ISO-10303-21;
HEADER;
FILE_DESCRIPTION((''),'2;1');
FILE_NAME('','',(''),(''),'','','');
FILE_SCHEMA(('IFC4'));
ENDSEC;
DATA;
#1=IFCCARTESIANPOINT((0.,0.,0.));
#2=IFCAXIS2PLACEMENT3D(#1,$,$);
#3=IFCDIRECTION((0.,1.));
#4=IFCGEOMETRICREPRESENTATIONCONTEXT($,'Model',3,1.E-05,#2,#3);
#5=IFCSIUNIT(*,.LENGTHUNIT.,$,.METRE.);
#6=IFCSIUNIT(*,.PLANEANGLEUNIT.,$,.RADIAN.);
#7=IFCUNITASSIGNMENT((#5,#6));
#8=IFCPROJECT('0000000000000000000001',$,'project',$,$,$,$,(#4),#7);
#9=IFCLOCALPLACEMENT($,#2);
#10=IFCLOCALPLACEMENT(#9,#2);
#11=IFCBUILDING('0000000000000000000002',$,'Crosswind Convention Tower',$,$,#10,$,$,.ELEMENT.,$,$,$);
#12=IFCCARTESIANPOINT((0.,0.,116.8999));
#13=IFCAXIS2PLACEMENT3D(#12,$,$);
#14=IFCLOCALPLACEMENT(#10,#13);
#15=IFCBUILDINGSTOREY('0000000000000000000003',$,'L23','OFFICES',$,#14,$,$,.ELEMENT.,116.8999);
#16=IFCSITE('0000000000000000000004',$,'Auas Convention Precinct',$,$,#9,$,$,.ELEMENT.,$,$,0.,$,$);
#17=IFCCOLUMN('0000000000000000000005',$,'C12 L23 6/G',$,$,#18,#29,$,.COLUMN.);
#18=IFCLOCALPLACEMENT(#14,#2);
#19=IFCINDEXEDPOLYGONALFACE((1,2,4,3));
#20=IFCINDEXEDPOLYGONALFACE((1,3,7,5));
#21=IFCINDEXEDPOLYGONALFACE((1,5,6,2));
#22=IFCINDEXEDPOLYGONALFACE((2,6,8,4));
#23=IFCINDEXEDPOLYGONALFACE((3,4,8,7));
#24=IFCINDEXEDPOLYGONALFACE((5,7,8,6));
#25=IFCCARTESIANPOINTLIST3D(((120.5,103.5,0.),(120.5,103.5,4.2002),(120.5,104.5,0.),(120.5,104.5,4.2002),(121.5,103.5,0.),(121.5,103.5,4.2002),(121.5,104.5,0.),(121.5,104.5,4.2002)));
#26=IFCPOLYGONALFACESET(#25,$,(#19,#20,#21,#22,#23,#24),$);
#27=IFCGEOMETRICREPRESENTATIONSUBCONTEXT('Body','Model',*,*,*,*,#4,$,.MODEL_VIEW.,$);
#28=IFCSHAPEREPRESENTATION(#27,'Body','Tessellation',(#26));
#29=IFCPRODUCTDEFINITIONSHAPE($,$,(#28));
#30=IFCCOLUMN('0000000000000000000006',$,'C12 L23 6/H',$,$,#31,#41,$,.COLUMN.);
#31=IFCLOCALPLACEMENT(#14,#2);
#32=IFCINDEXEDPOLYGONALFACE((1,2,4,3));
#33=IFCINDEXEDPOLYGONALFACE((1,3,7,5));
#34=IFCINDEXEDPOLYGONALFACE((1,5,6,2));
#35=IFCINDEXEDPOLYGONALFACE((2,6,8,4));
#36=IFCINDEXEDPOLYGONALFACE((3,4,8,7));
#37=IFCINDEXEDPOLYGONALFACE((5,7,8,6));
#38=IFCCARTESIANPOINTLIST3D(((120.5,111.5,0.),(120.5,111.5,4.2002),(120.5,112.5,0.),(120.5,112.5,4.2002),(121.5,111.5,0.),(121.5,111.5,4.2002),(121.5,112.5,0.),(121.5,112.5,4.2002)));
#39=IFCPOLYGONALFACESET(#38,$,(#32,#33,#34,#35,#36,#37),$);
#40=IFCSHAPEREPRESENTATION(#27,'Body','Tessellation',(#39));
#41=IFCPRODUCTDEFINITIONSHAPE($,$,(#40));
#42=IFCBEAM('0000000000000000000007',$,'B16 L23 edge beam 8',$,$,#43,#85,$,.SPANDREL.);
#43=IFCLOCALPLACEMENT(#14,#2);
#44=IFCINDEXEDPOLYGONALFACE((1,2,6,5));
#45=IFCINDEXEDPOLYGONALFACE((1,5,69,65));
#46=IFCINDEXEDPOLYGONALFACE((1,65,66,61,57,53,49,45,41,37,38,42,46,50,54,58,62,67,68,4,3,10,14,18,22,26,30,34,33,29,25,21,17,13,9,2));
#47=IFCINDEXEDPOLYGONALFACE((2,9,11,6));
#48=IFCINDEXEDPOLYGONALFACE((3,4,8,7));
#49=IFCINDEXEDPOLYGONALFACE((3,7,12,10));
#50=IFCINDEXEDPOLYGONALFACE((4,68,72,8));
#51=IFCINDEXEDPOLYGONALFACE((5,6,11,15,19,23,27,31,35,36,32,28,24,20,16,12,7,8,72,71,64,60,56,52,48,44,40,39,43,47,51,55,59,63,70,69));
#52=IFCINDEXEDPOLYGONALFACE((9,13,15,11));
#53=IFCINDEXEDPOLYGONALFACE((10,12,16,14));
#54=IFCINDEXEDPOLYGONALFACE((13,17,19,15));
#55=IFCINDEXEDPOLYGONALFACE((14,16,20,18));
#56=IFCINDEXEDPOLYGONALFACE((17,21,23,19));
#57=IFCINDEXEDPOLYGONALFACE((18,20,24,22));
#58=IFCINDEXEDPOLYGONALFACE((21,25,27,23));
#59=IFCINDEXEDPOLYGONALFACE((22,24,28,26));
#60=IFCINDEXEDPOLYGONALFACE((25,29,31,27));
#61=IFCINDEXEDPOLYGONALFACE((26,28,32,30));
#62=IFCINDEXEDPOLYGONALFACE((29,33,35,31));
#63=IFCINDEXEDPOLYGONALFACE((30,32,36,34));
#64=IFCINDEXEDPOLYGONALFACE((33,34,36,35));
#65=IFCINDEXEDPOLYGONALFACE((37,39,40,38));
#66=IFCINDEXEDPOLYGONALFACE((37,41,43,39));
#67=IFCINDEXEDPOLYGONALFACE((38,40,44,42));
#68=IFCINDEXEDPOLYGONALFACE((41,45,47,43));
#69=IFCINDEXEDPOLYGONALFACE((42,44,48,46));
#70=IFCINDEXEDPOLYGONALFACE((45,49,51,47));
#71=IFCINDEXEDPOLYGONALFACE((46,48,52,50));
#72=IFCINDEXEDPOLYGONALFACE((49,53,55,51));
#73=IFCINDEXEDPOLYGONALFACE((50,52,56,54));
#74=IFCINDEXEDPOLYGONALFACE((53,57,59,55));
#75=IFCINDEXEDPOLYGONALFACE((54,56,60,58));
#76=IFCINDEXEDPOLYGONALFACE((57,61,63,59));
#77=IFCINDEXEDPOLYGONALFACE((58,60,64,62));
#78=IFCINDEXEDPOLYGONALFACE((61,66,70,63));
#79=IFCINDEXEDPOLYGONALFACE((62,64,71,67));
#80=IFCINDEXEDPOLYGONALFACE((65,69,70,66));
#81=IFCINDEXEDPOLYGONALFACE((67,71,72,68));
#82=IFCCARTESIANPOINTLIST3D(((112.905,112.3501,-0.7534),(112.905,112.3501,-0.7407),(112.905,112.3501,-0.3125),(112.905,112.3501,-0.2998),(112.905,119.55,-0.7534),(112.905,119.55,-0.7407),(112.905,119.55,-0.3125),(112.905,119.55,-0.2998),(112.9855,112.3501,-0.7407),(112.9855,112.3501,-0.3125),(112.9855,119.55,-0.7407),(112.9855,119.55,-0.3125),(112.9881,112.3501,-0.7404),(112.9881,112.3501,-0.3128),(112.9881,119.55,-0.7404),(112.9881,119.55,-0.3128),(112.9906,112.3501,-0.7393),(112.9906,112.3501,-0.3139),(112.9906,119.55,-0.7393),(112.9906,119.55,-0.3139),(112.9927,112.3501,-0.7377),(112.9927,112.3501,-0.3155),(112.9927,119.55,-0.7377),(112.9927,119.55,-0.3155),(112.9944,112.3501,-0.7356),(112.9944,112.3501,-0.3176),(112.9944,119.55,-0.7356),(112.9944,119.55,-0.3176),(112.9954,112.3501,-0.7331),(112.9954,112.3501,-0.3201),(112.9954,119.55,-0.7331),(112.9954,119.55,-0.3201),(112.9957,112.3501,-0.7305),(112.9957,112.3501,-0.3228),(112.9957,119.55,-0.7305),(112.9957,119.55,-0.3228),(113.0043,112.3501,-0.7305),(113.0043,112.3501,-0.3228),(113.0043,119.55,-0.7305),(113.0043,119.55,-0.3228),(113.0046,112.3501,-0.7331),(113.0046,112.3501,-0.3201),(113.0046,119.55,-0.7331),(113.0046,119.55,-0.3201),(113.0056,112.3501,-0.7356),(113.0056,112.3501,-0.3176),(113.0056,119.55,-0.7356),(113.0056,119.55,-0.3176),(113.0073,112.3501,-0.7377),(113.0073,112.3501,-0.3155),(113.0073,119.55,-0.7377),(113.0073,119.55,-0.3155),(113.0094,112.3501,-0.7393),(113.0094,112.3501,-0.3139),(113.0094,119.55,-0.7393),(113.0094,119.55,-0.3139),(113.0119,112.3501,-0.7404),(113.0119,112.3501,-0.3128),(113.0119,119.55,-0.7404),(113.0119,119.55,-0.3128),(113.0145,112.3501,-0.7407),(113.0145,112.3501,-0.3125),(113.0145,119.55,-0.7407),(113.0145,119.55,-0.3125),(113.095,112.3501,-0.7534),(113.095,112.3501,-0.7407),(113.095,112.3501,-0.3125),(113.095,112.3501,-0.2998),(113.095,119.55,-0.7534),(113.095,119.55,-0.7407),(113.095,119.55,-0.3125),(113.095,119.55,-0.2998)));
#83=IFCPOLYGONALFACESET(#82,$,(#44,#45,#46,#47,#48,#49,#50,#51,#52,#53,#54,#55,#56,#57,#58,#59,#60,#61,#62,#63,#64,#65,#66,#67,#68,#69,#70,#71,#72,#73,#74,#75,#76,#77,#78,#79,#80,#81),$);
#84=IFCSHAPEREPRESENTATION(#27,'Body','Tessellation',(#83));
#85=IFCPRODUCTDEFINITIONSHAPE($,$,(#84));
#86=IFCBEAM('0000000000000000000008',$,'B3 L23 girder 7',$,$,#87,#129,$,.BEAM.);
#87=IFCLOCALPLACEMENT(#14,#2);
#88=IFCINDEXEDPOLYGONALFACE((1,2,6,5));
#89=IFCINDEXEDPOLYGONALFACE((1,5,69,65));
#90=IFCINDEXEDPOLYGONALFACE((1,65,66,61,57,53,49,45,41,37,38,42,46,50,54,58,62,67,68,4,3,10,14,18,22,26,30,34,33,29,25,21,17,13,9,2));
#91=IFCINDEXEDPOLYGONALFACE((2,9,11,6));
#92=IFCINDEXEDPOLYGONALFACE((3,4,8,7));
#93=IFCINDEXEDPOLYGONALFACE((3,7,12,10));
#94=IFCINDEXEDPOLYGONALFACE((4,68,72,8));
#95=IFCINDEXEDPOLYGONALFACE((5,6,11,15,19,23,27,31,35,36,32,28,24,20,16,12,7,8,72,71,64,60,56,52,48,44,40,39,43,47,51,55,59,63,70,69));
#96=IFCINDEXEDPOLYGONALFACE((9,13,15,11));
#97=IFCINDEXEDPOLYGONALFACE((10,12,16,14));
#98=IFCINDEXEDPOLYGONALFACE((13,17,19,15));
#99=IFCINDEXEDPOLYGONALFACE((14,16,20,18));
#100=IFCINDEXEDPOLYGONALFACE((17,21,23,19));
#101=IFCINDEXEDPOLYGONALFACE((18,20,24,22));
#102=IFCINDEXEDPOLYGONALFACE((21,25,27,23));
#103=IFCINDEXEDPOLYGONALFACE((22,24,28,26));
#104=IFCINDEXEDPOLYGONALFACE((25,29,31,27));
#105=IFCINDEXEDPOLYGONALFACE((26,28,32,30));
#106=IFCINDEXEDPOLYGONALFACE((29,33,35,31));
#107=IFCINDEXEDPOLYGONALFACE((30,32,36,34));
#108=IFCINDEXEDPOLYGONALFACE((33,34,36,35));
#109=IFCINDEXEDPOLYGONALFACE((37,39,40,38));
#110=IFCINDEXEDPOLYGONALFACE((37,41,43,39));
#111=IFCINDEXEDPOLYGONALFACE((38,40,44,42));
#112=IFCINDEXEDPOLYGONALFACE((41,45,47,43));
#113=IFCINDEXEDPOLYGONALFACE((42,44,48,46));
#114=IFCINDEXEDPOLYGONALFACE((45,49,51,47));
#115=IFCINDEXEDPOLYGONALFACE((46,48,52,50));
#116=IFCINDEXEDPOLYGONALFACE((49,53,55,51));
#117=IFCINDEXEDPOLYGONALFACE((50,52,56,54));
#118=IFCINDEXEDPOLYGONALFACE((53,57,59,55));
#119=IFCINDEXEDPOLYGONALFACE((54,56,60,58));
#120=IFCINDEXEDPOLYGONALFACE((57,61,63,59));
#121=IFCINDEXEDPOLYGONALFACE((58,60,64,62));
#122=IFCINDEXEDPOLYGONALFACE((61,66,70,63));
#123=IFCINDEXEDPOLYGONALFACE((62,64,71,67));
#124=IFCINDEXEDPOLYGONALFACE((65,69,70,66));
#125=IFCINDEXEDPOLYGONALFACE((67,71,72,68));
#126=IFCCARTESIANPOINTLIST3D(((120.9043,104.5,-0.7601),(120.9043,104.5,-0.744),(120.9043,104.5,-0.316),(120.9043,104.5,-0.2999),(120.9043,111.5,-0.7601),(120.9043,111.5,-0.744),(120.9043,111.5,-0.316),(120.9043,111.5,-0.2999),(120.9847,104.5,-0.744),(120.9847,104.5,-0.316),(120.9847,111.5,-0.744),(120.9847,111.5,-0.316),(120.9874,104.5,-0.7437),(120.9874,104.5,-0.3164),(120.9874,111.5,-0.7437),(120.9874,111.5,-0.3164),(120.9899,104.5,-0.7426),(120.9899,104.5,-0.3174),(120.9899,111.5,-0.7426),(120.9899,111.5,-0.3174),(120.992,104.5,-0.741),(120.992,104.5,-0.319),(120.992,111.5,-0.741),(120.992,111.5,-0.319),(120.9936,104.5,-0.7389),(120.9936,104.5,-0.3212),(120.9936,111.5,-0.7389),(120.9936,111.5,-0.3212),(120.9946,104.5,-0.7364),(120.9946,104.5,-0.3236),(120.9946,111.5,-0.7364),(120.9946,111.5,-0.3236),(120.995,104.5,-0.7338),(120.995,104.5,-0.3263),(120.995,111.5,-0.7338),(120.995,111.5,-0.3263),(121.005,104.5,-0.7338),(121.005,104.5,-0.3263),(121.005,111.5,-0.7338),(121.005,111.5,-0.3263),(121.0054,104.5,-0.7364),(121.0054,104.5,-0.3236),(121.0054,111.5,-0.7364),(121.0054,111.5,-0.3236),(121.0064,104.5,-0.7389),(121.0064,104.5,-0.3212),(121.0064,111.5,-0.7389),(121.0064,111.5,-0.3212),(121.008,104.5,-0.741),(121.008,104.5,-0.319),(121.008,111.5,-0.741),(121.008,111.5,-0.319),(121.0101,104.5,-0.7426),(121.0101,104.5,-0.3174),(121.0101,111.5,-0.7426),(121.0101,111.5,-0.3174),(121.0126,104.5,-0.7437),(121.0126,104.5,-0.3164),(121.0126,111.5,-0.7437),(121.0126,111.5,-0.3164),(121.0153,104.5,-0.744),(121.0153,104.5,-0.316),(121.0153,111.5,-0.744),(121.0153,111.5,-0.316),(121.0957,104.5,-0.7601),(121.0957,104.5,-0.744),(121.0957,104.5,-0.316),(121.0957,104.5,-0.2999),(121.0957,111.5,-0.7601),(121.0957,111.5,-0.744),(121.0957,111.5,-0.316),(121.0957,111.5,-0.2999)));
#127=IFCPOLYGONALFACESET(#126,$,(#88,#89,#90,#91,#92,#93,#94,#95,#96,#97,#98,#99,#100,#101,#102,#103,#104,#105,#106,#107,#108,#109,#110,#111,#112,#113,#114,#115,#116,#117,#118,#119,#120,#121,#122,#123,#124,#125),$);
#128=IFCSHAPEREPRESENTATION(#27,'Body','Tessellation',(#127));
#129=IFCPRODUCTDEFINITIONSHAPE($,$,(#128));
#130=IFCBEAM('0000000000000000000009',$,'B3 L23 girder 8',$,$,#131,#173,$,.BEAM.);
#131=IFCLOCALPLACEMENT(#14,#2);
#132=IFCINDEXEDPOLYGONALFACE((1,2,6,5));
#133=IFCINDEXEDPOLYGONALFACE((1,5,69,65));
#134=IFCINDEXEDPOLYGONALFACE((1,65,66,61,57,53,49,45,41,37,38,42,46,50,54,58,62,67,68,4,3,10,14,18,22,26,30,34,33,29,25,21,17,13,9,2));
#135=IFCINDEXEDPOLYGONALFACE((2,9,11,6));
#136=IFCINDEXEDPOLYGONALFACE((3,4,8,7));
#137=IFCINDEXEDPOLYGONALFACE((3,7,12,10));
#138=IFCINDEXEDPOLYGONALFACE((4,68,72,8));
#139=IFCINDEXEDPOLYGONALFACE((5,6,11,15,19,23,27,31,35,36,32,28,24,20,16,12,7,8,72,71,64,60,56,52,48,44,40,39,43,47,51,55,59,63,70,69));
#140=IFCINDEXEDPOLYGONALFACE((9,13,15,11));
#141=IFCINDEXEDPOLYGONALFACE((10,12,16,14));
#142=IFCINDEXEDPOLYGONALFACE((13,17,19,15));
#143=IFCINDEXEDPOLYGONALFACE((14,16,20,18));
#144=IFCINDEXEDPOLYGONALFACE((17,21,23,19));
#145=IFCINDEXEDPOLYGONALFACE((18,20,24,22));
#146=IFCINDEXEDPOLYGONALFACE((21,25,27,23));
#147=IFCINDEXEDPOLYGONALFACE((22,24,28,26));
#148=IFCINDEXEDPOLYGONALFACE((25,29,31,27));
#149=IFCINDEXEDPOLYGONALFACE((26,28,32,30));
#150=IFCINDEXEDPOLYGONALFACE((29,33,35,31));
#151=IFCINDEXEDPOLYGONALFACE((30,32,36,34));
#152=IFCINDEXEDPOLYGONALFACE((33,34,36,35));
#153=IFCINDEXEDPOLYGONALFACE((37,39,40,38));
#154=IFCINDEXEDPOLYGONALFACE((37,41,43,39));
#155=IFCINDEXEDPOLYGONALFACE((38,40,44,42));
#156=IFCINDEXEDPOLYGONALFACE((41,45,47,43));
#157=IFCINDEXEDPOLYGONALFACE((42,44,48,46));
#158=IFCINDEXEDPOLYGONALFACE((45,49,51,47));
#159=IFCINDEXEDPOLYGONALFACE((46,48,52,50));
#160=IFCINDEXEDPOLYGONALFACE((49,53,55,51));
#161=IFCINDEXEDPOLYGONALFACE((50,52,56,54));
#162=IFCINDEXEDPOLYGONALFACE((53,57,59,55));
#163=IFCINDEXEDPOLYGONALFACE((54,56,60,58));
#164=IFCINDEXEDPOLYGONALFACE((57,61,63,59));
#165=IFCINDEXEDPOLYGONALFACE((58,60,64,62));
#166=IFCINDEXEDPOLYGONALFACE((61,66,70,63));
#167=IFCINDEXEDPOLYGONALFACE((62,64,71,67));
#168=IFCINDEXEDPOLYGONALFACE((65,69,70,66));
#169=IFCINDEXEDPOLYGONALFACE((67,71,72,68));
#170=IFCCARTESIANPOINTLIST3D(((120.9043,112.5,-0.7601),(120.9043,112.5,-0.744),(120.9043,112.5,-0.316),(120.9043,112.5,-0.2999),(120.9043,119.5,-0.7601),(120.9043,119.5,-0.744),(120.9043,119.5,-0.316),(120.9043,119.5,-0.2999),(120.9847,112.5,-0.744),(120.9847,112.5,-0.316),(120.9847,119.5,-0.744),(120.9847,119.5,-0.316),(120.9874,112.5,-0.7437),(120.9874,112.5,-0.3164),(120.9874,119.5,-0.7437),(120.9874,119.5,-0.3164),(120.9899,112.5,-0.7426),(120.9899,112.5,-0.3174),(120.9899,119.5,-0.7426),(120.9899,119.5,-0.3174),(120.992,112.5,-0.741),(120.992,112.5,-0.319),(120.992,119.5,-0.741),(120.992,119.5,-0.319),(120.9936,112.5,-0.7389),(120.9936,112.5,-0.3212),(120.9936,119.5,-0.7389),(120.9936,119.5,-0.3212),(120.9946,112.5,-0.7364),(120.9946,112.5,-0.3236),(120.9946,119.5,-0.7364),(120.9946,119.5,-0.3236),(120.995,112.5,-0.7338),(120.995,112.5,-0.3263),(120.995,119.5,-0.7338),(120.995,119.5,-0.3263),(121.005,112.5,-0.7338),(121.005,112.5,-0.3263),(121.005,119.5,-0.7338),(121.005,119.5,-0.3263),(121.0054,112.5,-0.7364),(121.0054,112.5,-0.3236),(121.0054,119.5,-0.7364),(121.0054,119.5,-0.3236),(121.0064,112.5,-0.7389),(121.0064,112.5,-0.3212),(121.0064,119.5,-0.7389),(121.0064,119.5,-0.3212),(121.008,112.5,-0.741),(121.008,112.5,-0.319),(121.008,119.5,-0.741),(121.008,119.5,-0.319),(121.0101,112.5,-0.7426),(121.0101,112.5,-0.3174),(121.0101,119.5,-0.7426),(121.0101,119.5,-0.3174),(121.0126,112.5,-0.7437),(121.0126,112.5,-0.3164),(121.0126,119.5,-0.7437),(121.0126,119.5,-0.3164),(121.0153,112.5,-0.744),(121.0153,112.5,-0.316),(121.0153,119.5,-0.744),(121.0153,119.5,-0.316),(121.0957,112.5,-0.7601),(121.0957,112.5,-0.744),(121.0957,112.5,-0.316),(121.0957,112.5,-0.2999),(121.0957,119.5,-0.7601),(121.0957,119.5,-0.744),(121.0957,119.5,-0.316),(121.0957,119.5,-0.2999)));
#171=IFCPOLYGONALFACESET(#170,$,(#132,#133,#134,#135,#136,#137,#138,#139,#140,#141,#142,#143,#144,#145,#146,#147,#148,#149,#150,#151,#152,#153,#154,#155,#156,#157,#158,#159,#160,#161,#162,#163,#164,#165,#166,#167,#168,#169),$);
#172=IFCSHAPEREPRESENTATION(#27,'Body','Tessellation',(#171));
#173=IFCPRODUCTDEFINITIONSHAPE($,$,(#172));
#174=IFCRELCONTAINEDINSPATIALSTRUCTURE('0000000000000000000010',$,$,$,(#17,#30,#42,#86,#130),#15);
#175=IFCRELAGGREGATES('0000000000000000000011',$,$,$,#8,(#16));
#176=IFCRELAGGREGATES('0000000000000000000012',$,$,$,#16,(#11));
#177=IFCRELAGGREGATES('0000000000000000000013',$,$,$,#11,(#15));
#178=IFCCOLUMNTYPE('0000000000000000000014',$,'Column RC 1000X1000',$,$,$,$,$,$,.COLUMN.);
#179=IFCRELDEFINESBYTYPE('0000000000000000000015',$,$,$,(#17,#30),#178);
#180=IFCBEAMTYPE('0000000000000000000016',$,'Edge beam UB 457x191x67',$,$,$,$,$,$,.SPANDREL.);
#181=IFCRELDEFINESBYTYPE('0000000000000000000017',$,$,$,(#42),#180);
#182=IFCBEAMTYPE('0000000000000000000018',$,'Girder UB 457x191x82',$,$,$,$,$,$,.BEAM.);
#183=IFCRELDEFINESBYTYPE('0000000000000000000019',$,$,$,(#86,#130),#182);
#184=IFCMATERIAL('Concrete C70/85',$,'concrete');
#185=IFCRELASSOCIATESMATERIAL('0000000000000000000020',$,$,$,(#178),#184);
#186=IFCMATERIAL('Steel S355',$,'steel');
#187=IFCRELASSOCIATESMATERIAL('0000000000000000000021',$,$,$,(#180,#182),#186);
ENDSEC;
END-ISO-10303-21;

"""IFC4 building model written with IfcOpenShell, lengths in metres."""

from ifc_helpers import new_model, si_unit, direction, frame, origin, origin_2d, place, context, subcontext, project, spatial, rectangle, i_section, extrude, material, material_profile, profile_set, type_object, element, save


model = new_model("IFC4")

# Units and contexts
model_context = context("Model", 3, precision=1e-05, world=origin(), true_north=direction((0.0, 1.0)))
body_context = subcontext(model_context, "Body", "Model", "MODEL_VIEW")
ifc_project = project(units=[si_unit("LENGTHUNIT", "METRE"), si_unit("PLANEANGLEUNIT", "RADIAN")], contexts=[model_context])

# Site, building, storey
site_placement = place(None, origin())
site = spatial("IfcSite", under=ifc_project, at=site_placement, Name="Auas Convention Precinct", CompositionType="ELEMENT", RefElevation=0.0)
building_placement = place(site_placement, origin())
building = spatial("IfcBuilding", under=site, at=building_placement, Name="Crosswind Convention Tower", CompositionType="ELEMENT")
storey_placement = place(building_placement, frame((0.0, 0.0, 116.8999)))
storey = spatial("IfcBuildingStorey", under=building, at=storey_placement, Name="L23", Description="OFFICES", CompositionType="ELEMENT", Elevation=116.8999)

# Columns
ifc_material_1 = material(Name="Concrete C70/85", Category="concrete")
ifc_material_profile_1 = material_profile(ifc_material_1, rectangle(XDim=1.0, YDim=1.0, at=origin_2d()), Name="RC 1000X1000")
ifc_profile_set_1 = profile_set([ifc_material_profile_1], Name="Concrete C70/85")
column_type = type_object("IfcColumnType", Name="Column RC 1000X1000", PredefinedType="COLUMN", material=ifc_profile_set_1)
for number, where, z_axis, x_axis, name in (
    (1, (121.0, 104.0, 0.0), (0.0, 0.0, 1.0), (1.0, 0.0, 0.0), "C12 L23 6/G"),
    (2, (121.0, 112.0, 0.0), (0.0, 0.0, 1.0), (1.0, 0.0, 0.0), "C12 L23 6/H"),
):
    element("IfcColumn", number, at=place(storey_placement, frame(where, z_axis=z_axis, x_axis=x_axis)), inside=storey, type_object=column_type, Name=name, PredefinedType="COLUMN", context=body_context, shape_type="SweptSolid", body=[
        extrude(rectangle(XDim=1.0, YDim=1.0, at=origin_2d()), origin(), (0.0, 0.0, 1.0), 4.2002),
    ])

# Beams
ifc_material_2 = material(Name="Steel S355", Category="steel")
ifc_material_profile_2 = material_profile(ifc_material_2, i_section(OverallWidth=0.1899, OverallDepth=0.4536, WebThickness=0.0085, FlangeThickness=0.0127, FilletRadius=0.0103, at=origin_2d()), Name="UB 457x191x67")
ifc_profile_set_2 = profile_set([ifc_material_profile_2], Name="Steel S355")
beam_type_1 = type_object("IfcBeamType", Name="Edge beam UB 457x191x67", PredefinedType="SPANDREL", material=ifc_profile_set_2)
beam_1_placement = place(storey_placement, frame((113.0, 112.3501, -0.5266), z_axis=(0.0, 1.0, 0.0), x_axis=(-1.0, 0.0, 0.0)))
element("IfcBeam", 3, at=beam_1_placement, inside=storey, type_object=beam_type_1, Name="B16 L23 edge beam 8", PredefinedType="SPANDREL", context=body_context, shape_type="SweptSolid", body=[
    extrude(i_section(OverallWidth=0.1899, OverallDepth=0.4536, WebThickness=0.0085, FlangeThickness=0.0127, FilletRadius=0.0103, at=origin_2d()), origin(), (0.0, 0.0, 1.0), 7.2),
])
ifc_material_profile_3 = material_profile(ifc_material_2, i_section(OverallWidth=0.1914, OverallDepth=0.4602, WebThickness=0.01, FlangeThickness=0.0161, FilletRadius=0.0103, at=origin_2d()), Name="UB 457x191x82")
ifc_profile_set_3 = profile_set([ifc_material_profile_3], Name="Steel S355")
beam_type_2 = type_object("IfcBeamType", Name="Girder UB 457x191x82", PredefinedType="BEAM", material=ifc_profile_set_3)
for number, where, z_axis, x_axis, name in (
    (4, (121.0, 104.5, -0.53), (0.0, 1.0, 0.0), (-1.0, 0.0, 0.0), "B3 L23 girder 7"),
    (5, (121.0, 112.5, -0.53), (0.0, 1.0, 0.0), (-1.0, 0.0, 0.0), "B3 L23 girder 8"),
):
    element("IfcBeam", number, at=place(storey_placement, frame(where, z_axis=z_axis, x_axis=x_axis)), inside=storey, type_object=beam_type_2, Name=name, PredefinedType="BEAM", context=body_context, shape_type="SweptSolid", body=[
        extrude(i_section(OverallWidth=0.1914, OverallDepth=0.4602, WebThickness=0.01, FlangeThickness=0.0161, FilletRadius=0.0103, at=origin_2d()), origin(), (0.0, 0.0, 1.0), 7.0),
    ])

save(model, "model.ifc")
